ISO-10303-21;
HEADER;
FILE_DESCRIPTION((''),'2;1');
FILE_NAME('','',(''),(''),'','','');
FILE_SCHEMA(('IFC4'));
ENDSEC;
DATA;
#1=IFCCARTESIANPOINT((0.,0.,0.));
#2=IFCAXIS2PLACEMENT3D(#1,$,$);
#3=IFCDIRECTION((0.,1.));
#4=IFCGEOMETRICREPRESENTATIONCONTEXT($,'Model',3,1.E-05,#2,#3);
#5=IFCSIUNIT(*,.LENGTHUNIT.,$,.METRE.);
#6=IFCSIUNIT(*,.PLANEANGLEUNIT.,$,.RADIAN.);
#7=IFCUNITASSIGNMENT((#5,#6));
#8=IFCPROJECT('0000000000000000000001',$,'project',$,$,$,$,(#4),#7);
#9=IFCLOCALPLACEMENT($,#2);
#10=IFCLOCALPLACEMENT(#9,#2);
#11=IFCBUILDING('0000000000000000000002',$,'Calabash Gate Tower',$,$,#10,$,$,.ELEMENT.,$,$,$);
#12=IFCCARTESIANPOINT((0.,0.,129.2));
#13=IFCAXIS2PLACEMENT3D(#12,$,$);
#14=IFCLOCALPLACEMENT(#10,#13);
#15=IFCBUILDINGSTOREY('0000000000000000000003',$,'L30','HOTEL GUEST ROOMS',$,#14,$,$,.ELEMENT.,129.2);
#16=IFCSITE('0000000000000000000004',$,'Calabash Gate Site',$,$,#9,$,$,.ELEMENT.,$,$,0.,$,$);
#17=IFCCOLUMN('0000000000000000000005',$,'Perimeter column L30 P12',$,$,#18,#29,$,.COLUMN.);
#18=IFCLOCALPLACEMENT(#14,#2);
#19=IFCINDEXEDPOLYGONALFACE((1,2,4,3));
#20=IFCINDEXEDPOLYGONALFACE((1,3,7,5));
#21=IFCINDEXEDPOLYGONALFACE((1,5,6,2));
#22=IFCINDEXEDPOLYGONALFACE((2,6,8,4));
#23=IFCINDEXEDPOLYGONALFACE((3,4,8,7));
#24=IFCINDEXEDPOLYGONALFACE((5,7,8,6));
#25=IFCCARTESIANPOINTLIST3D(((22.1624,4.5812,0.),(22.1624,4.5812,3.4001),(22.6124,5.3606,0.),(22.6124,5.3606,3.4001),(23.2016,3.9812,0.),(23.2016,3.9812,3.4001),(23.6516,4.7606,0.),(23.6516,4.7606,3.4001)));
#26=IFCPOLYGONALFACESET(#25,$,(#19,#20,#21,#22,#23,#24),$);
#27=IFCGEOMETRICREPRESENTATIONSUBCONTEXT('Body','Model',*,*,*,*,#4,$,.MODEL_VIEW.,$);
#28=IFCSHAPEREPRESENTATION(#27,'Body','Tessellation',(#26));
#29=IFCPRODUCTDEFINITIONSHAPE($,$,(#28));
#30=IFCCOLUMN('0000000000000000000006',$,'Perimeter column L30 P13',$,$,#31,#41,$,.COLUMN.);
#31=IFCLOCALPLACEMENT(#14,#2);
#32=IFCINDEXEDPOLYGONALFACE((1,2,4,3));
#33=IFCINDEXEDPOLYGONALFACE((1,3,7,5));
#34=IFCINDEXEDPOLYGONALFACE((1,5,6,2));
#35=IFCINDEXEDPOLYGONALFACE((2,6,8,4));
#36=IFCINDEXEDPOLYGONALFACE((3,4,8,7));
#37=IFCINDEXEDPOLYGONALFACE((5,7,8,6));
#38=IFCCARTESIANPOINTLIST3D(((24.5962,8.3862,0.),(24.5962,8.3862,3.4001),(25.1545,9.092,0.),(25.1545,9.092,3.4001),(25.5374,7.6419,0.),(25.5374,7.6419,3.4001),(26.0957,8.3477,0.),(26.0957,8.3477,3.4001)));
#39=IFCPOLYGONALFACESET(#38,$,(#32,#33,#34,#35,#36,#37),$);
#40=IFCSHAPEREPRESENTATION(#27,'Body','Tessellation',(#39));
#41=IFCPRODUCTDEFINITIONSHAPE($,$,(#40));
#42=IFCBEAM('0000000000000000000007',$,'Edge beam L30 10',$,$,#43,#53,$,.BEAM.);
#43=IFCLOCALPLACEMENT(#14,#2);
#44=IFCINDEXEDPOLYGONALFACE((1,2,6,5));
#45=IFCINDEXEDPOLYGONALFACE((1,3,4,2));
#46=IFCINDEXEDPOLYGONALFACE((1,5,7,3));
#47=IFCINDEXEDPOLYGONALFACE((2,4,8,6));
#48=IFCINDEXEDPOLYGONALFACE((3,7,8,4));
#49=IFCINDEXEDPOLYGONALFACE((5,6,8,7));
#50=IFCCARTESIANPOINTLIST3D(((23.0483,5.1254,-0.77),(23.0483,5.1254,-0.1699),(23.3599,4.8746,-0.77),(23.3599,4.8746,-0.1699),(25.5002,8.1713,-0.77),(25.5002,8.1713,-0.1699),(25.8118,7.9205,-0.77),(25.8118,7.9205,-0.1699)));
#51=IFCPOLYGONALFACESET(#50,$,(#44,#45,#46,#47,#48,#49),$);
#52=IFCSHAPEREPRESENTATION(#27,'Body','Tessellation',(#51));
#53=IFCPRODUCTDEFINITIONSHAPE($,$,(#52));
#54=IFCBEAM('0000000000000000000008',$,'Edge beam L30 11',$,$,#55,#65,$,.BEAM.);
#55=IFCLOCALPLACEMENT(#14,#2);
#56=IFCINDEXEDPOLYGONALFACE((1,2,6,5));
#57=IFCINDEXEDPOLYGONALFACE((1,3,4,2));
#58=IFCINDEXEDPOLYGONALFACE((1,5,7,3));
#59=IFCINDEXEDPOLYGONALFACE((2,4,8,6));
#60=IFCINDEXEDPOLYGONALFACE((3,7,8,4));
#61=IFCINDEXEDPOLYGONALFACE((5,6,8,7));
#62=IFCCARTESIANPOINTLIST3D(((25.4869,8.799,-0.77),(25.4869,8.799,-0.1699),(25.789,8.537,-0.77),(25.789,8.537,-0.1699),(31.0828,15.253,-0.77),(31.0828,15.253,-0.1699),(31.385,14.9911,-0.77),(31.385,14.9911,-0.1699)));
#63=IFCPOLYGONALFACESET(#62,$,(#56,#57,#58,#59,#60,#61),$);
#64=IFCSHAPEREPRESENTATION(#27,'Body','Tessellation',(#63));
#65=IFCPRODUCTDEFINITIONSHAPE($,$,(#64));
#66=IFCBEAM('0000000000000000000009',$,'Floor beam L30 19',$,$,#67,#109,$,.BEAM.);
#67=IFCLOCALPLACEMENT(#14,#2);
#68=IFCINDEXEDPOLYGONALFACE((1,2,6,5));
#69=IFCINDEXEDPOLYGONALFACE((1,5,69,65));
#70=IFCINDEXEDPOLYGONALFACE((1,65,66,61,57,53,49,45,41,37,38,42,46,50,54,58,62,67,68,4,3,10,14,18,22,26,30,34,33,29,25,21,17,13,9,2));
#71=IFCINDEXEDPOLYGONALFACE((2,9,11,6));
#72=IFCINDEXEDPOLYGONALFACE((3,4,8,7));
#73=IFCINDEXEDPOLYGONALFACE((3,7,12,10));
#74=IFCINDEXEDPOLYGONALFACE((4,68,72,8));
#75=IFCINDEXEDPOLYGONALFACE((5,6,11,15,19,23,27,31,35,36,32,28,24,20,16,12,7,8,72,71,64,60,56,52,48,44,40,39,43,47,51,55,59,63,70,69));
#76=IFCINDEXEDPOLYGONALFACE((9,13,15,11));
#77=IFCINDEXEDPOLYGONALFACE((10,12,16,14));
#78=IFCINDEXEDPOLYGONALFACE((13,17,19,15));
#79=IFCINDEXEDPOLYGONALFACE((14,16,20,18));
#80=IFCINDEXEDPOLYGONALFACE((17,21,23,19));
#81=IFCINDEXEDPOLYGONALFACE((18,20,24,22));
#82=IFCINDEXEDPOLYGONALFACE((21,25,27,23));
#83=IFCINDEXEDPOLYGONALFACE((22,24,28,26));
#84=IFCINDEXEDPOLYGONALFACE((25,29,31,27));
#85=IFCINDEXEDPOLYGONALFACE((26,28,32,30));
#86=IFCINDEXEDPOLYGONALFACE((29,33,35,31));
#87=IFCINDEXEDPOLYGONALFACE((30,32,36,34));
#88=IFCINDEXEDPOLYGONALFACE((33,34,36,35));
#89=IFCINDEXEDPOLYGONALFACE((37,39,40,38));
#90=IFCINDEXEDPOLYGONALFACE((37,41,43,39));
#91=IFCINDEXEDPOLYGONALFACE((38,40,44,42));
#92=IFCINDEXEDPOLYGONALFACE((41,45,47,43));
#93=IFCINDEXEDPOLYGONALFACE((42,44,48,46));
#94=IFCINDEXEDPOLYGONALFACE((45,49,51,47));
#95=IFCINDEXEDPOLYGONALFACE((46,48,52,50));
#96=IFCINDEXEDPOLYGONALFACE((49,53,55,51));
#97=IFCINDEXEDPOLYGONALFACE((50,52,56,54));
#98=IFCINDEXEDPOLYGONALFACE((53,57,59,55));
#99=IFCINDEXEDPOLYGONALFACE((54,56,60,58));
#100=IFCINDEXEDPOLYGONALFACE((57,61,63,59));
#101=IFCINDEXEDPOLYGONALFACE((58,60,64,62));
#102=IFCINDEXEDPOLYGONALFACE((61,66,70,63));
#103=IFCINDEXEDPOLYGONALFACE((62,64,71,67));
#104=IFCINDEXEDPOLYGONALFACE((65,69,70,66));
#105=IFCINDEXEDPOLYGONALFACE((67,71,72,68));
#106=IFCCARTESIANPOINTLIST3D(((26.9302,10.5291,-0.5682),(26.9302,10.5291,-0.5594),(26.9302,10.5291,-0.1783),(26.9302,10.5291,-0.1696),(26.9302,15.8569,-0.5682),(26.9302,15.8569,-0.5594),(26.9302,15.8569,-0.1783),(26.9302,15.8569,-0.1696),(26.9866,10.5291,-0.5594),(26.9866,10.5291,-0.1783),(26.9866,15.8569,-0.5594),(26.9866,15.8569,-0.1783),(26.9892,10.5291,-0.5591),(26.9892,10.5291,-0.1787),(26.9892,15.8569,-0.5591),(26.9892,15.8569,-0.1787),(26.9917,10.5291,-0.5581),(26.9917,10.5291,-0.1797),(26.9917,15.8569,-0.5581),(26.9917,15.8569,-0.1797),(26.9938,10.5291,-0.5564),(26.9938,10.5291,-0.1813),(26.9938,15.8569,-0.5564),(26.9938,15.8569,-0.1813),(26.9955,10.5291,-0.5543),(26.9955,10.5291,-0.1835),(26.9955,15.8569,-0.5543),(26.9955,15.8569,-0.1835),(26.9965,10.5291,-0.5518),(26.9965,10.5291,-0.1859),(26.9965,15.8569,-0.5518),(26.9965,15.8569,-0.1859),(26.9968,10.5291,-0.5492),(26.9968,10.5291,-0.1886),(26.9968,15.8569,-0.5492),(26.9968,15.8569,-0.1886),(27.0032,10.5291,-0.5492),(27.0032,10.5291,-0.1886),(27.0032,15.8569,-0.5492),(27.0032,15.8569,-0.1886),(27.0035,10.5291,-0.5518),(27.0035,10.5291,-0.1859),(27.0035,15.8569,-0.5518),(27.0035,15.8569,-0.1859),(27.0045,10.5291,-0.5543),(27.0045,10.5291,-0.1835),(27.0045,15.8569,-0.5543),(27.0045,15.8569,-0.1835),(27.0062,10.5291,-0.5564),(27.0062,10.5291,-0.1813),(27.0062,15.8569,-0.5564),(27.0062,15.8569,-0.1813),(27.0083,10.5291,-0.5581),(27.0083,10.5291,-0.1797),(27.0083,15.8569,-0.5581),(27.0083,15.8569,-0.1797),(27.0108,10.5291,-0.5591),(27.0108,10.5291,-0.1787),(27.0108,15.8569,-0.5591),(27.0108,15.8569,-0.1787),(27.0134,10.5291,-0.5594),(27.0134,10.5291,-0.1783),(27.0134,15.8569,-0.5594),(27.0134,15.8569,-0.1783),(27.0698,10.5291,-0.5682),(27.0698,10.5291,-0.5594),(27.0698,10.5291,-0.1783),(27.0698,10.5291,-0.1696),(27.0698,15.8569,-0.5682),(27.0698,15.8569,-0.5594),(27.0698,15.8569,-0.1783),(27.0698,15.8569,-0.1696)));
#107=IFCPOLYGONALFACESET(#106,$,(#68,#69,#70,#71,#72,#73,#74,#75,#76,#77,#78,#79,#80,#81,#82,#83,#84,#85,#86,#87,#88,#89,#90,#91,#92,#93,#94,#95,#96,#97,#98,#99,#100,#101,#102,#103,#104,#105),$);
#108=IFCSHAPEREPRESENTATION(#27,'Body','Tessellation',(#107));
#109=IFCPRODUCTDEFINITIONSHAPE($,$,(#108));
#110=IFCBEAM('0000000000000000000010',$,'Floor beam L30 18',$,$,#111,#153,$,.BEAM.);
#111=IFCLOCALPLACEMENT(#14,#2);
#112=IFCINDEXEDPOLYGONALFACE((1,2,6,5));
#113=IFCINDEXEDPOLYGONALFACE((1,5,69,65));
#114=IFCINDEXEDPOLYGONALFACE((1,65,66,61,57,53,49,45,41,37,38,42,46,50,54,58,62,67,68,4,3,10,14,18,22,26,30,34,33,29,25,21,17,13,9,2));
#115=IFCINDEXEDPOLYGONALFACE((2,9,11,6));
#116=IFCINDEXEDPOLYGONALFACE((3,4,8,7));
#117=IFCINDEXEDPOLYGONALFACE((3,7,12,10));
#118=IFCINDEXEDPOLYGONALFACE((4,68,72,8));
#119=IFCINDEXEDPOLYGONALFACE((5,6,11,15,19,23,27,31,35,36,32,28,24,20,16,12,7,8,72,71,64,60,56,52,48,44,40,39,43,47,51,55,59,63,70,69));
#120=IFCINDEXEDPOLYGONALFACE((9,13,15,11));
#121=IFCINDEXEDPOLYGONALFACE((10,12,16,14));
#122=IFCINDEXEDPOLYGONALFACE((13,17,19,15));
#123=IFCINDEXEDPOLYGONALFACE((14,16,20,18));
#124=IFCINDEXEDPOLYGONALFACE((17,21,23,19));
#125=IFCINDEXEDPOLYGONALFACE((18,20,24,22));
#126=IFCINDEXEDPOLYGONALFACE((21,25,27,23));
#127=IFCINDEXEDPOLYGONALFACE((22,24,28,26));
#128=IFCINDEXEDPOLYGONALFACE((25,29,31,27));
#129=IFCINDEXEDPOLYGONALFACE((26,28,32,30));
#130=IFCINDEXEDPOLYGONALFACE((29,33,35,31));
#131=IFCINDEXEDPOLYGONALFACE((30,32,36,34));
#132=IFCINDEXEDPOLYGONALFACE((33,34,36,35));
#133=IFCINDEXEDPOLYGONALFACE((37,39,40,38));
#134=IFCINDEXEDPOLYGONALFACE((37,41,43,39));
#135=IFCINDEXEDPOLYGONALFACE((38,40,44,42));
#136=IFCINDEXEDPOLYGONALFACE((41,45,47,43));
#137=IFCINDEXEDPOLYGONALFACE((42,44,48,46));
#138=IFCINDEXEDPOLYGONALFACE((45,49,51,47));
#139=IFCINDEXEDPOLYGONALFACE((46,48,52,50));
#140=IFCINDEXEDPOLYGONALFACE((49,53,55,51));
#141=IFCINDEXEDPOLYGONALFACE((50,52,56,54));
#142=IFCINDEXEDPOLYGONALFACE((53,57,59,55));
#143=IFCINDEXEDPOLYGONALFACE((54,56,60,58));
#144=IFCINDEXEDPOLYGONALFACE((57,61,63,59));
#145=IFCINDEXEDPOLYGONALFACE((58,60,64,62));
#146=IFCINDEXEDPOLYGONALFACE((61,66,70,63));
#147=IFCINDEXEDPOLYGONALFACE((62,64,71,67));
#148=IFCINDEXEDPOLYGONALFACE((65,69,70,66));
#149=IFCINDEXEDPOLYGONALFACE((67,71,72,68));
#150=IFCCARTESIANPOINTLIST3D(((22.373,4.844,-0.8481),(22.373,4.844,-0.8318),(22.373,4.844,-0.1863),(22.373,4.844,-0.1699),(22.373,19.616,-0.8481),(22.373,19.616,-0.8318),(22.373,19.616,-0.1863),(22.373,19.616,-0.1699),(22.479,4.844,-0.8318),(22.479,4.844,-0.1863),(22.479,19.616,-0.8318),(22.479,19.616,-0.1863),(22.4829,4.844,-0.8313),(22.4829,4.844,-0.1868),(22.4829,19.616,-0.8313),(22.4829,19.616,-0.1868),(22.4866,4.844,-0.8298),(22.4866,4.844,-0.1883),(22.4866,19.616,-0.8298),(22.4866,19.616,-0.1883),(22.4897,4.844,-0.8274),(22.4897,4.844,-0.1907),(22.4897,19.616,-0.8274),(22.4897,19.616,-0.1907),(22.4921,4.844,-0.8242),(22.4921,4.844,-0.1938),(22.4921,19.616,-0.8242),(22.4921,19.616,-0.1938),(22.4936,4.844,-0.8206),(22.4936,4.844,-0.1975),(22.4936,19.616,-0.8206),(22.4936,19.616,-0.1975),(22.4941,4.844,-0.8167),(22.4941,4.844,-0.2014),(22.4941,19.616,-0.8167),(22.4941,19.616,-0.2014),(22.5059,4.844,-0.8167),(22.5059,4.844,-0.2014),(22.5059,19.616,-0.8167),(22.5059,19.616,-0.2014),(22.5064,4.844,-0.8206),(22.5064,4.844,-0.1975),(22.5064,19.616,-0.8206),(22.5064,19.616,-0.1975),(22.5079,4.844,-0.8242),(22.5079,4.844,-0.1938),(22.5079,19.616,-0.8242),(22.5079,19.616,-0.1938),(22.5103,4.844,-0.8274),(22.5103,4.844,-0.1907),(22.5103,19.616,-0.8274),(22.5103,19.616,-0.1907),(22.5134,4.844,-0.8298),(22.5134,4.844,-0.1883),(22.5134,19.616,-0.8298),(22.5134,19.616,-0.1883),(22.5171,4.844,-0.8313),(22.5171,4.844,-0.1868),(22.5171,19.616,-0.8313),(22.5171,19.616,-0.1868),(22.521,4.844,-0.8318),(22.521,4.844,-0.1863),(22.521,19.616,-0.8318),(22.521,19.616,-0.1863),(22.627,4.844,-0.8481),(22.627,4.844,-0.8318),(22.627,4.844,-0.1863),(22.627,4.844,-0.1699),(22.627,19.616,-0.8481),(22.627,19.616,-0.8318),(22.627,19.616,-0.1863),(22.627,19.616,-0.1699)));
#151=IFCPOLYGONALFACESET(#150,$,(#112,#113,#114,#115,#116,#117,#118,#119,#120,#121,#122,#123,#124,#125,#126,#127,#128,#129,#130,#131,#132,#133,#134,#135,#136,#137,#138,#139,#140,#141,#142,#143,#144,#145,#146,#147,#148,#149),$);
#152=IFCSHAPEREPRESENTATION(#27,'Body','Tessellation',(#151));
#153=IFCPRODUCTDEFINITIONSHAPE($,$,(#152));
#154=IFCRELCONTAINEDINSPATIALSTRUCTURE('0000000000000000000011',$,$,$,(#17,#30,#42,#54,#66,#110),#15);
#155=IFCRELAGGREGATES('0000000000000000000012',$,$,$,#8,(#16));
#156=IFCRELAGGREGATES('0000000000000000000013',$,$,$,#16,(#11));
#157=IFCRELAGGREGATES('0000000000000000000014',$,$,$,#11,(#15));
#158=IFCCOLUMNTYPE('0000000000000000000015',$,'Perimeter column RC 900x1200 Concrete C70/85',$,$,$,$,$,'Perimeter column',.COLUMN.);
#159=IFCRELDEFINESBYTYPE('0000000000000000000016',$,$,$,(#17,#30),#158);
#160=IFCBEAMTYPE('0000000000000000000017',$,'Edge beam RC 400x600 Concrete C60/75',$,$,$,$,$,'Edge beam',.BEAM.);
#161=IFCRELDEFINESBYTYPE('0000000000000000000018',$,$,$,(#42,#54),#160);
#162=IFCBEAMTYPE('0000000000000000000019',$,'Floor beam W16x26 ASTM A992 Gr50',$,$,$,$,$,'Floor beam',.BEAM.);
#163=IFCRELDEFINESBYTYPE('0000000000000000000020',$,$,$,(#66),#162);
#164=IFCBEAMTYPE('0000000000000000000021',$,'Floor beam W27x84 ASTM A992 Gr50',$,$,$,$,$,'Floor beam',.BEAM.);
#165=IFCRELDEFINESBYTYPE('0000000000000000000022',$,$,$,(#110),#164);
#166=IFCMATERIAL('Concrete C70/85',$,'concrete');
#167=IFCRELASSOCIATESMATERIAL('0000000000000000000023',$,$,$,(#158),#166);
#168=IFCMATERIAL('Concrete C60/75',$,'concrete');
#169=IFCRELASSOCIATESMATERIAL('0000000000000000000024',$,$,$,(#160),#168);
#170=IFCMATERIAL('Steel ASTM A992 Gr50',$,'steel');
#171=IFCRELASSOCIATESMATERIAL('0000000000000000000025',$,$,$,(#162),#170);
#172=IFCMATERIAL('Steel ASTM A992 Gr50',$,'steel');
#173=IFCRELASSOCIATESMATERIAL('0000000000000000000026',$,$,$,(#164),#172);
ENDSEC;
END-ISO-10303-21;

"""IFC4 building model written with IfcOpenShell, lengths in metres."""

from ifc_helpers import new_model, si_unit, direction, frame, origin, origin_2d, place, context, subcontext, project, spatial, rectangle, i_section, extrude, material, material_profile, profile_set, type_object, element, save


model = new_model("IFC4")

# Units and contexts
model_context = context("Model", 3, precision=1e-05, world=origin(), true_north=direction((0.0, 1.0)))
body_context = subcontext(model_context, "Body", "Model", "MODEL_VIEW")
ifc_project = project(units=[si_unit("LENGTHUNIT", "METRE"), si_unit("PLANEANGLEUNIT", "RADIAN")], contexts=[model_context])

# Site, building, storey
site_placement = place(None, origin())
site = spatial("IfcSite", under=ifc_project, at=site_placement, Name="Calabash Gate Site", CompositionType="ELEMENT", RefElevation=0.0)
building_placement = place(site_placement, origin())
building = spatial("IfcBuilding", under=site, at=building_placement, Name="Calabash Gate Tower", CompositionType="ELEMENT")
storey_placement = place(building_placement, frame((0.0, 0.0, 129.2)))
storey = spatial("IfcBuildingStorey", under=building, at=storey_placement, Name="L30", Description="HOTEL GUEST ROOMS", CompositionType="ELEMENT", Elevation=129.2)

# Columns
ifc_material_1 = material(Name="Concrete C70/85", Category="concrete")
ifc_material_profile_1 = material_profile(ifc_material_1, rectangle(XDim=0.8999, YDim=1.2, at=origin_2d()))
ifc_profile_set_1 = profile_set([ifc_material_profile_1], Name="Concrete C70/85")
column_type = type_object("IfcColumnType", Name="Perimeter column RC 900x1200 Concrete C70/85", ElementType="Perimeter column", PredefinedType="COLUMN", material=ifc_profile_set_1)
for number, where, z_axis, x_axis, name in (
    (1, (22.907, 4.6709, 0.0), (0.0, 0.0, 1.0), (0.5, 0.866025, 0.0), "Perimeter column L30 P12"),
    (2, (25.3459, 8.3669, 0.0), (0.0, 0.0, 1.0), (0.620301, 0.784364, 0.0), "Perimeter column L30 P13"),
):
    element("IfcColumn", number, at=place(storey_placement, frame(where, z_axis=z_axis, x_axis=x_axis)), inside=storey, type_object=column_type, Name=name, PredefinedType="COLUMN", context=body_context, shape_type="SweptSolid", body=[
        extrude(rectangle(XDim=0.8999, YDim=1.2, at=origin_2d()), origin(), (0.0, 0.0, 1.0), 3.4001),
    ])

# Beams
ifc_material_2 = material(Name="Concrete C60/75", Category="concrete")
ifc_material_profile_2 = material_profile(ifc_material_2, rectangle(XDim=0.3999, YDim=0.6001, at=origin_2d()))
ifc_profile_set_2 = profile_set([ifc_material_profile_2], Name="Concrete C60/75")
beam_type_1 = type_object("IfcBeamType", Name="Edge beam RC 400x600 Concrete C60/75", ElementType="Edge beam", PredefinedType="BEAM", material=ifc_profile_set_2)
beam_1_placement = place(storey_placement, frame((23.2041, 5.0, -0.47), z_axis=(0.62706, 0.778971, 0.0), x_axis=(-0.778971, 0.62706, 0.0)))
element("IfcBeam", 3, at=beam_1_placement, inside=storey, type_object=beam_type_1, Name="Edge beam L30 10", PredefinedType="BEAM", context=body_context, shape_type="SweptSolid", body=[
    extrude(rectangle(XDim=0.3999, YDim=0.6001, at=origin_2d()), origin(), (0.0, 0.0, 1.0), 3.9102),
])
beam_2_placement = place(storey_placement, frame((25.6379, 8.668, -0.47), z_axis=(0.65509, 0.75555, 0.0), x_axis=(-0.75555, 0.65509, 0.0)))
element("IfcBeam", 4, at=beam_2_placement, inside=storey, type_object=beam_type_1, Name="Edge beam L30 11", PredefinedType="BEAM", context=body_context, shape_type="SweptSolid", body=[
    extrude(rectangle(XDim=0.3999, YDim=0.6001, at=origin_2d()), origin(), (0.0, 0.0, 1.0), 8.5422),
])
ifc_material_3 = material(Name="Steel ASTM A992 Gr50", Category="steel")
ifc_material_profile_3 = material_profile(ifc_material_3, i_section(OverallWidth=0.1396, OverallDepth=0.3987, WebThickness=0.0063, FlangeThickness=0.0088, FilletRadius=0.0103, at=origin_2d()))
ifc_profile_set_3 = profile_set([ifc_material_profile_3], Name="Steel ASTM A992 Gr50")
beam_type_2 = type_object("IfcBeamType", Name="Floor beam W16x26 ASTM A992 Gr50", ElementType="Floor beam", PredefinedType="BEAM", material=ifc_profile_set_3)
beam_3_placement = place(storey_placement, frame((27.0, 10.5291, -0.3689), z_axis=(0.0, 1.0, 0.0), x_axis=(-1.0, 0.0, 0.0)))
element("IfcBeam", 5, at=beam_3_placement, inside=storey, type_object=beam_type_2, Name="Floor beam L30 19", PredefinedType="BEAM", context=body_context, shape_type="SweptSolid", body=[
    extrude(i_section(OverallWidth=0.1396, OverallDepth=0.3987, WebThickness=0.0063, FlangeThickness=0.0088, FilletRadius=0.0103, at=origin_2d()), origin(), (0.0, 0.0, 1.0), 5.3279),
])
ifc_material_4 = material(Name="Steel ASTM A992 Gr50", Category="steel")
ifc_material_profile_4 = material_profile(ifc_material_4, i_section(OverallWidth=0.2539, OverallDepth=0.6782, WebThickness=0.0117, FlangeThickness=0.0164, FilletRadius=0.0151, at=origin_2d()))
ifc_profile_set_4 = profile_set([ifc_material_profile_4], Name="Steel ASTM A992 Gr50")
beam_type_3 = type_object("IfcBeamType", Name="Floor beam W27x84 ASTM A992 Gr50", ElementType="Floor beam", PredefinedType="BEAM", material=ifc_profile_set_4)
beam_4_placement = place(storey_placement, frame((22.5, 4.844, -0.509), z_axis=(0.0, 1.0, 0.0), x_axis=(-1.0, 0.0, 0.0)))
element("IfcBeam", 6, at=beam_4_placement, inside=storey, type_object=beam_type_3, Name="Floor beam L30 18", PredefinedType="BEAM", context=body_context, shape_type="SweptSolid", body=[
    extrude(i_section(OverallWidth=0.2539, OverallDepth=0.6782, WebThickness=0.0117, FlangeThickness=0.0164, FilletRadius=0.0151, at=origin_2d()), origin(), (0.0, 0.0, 1.0), 14.772),
])

save(model, "model.ifc")
